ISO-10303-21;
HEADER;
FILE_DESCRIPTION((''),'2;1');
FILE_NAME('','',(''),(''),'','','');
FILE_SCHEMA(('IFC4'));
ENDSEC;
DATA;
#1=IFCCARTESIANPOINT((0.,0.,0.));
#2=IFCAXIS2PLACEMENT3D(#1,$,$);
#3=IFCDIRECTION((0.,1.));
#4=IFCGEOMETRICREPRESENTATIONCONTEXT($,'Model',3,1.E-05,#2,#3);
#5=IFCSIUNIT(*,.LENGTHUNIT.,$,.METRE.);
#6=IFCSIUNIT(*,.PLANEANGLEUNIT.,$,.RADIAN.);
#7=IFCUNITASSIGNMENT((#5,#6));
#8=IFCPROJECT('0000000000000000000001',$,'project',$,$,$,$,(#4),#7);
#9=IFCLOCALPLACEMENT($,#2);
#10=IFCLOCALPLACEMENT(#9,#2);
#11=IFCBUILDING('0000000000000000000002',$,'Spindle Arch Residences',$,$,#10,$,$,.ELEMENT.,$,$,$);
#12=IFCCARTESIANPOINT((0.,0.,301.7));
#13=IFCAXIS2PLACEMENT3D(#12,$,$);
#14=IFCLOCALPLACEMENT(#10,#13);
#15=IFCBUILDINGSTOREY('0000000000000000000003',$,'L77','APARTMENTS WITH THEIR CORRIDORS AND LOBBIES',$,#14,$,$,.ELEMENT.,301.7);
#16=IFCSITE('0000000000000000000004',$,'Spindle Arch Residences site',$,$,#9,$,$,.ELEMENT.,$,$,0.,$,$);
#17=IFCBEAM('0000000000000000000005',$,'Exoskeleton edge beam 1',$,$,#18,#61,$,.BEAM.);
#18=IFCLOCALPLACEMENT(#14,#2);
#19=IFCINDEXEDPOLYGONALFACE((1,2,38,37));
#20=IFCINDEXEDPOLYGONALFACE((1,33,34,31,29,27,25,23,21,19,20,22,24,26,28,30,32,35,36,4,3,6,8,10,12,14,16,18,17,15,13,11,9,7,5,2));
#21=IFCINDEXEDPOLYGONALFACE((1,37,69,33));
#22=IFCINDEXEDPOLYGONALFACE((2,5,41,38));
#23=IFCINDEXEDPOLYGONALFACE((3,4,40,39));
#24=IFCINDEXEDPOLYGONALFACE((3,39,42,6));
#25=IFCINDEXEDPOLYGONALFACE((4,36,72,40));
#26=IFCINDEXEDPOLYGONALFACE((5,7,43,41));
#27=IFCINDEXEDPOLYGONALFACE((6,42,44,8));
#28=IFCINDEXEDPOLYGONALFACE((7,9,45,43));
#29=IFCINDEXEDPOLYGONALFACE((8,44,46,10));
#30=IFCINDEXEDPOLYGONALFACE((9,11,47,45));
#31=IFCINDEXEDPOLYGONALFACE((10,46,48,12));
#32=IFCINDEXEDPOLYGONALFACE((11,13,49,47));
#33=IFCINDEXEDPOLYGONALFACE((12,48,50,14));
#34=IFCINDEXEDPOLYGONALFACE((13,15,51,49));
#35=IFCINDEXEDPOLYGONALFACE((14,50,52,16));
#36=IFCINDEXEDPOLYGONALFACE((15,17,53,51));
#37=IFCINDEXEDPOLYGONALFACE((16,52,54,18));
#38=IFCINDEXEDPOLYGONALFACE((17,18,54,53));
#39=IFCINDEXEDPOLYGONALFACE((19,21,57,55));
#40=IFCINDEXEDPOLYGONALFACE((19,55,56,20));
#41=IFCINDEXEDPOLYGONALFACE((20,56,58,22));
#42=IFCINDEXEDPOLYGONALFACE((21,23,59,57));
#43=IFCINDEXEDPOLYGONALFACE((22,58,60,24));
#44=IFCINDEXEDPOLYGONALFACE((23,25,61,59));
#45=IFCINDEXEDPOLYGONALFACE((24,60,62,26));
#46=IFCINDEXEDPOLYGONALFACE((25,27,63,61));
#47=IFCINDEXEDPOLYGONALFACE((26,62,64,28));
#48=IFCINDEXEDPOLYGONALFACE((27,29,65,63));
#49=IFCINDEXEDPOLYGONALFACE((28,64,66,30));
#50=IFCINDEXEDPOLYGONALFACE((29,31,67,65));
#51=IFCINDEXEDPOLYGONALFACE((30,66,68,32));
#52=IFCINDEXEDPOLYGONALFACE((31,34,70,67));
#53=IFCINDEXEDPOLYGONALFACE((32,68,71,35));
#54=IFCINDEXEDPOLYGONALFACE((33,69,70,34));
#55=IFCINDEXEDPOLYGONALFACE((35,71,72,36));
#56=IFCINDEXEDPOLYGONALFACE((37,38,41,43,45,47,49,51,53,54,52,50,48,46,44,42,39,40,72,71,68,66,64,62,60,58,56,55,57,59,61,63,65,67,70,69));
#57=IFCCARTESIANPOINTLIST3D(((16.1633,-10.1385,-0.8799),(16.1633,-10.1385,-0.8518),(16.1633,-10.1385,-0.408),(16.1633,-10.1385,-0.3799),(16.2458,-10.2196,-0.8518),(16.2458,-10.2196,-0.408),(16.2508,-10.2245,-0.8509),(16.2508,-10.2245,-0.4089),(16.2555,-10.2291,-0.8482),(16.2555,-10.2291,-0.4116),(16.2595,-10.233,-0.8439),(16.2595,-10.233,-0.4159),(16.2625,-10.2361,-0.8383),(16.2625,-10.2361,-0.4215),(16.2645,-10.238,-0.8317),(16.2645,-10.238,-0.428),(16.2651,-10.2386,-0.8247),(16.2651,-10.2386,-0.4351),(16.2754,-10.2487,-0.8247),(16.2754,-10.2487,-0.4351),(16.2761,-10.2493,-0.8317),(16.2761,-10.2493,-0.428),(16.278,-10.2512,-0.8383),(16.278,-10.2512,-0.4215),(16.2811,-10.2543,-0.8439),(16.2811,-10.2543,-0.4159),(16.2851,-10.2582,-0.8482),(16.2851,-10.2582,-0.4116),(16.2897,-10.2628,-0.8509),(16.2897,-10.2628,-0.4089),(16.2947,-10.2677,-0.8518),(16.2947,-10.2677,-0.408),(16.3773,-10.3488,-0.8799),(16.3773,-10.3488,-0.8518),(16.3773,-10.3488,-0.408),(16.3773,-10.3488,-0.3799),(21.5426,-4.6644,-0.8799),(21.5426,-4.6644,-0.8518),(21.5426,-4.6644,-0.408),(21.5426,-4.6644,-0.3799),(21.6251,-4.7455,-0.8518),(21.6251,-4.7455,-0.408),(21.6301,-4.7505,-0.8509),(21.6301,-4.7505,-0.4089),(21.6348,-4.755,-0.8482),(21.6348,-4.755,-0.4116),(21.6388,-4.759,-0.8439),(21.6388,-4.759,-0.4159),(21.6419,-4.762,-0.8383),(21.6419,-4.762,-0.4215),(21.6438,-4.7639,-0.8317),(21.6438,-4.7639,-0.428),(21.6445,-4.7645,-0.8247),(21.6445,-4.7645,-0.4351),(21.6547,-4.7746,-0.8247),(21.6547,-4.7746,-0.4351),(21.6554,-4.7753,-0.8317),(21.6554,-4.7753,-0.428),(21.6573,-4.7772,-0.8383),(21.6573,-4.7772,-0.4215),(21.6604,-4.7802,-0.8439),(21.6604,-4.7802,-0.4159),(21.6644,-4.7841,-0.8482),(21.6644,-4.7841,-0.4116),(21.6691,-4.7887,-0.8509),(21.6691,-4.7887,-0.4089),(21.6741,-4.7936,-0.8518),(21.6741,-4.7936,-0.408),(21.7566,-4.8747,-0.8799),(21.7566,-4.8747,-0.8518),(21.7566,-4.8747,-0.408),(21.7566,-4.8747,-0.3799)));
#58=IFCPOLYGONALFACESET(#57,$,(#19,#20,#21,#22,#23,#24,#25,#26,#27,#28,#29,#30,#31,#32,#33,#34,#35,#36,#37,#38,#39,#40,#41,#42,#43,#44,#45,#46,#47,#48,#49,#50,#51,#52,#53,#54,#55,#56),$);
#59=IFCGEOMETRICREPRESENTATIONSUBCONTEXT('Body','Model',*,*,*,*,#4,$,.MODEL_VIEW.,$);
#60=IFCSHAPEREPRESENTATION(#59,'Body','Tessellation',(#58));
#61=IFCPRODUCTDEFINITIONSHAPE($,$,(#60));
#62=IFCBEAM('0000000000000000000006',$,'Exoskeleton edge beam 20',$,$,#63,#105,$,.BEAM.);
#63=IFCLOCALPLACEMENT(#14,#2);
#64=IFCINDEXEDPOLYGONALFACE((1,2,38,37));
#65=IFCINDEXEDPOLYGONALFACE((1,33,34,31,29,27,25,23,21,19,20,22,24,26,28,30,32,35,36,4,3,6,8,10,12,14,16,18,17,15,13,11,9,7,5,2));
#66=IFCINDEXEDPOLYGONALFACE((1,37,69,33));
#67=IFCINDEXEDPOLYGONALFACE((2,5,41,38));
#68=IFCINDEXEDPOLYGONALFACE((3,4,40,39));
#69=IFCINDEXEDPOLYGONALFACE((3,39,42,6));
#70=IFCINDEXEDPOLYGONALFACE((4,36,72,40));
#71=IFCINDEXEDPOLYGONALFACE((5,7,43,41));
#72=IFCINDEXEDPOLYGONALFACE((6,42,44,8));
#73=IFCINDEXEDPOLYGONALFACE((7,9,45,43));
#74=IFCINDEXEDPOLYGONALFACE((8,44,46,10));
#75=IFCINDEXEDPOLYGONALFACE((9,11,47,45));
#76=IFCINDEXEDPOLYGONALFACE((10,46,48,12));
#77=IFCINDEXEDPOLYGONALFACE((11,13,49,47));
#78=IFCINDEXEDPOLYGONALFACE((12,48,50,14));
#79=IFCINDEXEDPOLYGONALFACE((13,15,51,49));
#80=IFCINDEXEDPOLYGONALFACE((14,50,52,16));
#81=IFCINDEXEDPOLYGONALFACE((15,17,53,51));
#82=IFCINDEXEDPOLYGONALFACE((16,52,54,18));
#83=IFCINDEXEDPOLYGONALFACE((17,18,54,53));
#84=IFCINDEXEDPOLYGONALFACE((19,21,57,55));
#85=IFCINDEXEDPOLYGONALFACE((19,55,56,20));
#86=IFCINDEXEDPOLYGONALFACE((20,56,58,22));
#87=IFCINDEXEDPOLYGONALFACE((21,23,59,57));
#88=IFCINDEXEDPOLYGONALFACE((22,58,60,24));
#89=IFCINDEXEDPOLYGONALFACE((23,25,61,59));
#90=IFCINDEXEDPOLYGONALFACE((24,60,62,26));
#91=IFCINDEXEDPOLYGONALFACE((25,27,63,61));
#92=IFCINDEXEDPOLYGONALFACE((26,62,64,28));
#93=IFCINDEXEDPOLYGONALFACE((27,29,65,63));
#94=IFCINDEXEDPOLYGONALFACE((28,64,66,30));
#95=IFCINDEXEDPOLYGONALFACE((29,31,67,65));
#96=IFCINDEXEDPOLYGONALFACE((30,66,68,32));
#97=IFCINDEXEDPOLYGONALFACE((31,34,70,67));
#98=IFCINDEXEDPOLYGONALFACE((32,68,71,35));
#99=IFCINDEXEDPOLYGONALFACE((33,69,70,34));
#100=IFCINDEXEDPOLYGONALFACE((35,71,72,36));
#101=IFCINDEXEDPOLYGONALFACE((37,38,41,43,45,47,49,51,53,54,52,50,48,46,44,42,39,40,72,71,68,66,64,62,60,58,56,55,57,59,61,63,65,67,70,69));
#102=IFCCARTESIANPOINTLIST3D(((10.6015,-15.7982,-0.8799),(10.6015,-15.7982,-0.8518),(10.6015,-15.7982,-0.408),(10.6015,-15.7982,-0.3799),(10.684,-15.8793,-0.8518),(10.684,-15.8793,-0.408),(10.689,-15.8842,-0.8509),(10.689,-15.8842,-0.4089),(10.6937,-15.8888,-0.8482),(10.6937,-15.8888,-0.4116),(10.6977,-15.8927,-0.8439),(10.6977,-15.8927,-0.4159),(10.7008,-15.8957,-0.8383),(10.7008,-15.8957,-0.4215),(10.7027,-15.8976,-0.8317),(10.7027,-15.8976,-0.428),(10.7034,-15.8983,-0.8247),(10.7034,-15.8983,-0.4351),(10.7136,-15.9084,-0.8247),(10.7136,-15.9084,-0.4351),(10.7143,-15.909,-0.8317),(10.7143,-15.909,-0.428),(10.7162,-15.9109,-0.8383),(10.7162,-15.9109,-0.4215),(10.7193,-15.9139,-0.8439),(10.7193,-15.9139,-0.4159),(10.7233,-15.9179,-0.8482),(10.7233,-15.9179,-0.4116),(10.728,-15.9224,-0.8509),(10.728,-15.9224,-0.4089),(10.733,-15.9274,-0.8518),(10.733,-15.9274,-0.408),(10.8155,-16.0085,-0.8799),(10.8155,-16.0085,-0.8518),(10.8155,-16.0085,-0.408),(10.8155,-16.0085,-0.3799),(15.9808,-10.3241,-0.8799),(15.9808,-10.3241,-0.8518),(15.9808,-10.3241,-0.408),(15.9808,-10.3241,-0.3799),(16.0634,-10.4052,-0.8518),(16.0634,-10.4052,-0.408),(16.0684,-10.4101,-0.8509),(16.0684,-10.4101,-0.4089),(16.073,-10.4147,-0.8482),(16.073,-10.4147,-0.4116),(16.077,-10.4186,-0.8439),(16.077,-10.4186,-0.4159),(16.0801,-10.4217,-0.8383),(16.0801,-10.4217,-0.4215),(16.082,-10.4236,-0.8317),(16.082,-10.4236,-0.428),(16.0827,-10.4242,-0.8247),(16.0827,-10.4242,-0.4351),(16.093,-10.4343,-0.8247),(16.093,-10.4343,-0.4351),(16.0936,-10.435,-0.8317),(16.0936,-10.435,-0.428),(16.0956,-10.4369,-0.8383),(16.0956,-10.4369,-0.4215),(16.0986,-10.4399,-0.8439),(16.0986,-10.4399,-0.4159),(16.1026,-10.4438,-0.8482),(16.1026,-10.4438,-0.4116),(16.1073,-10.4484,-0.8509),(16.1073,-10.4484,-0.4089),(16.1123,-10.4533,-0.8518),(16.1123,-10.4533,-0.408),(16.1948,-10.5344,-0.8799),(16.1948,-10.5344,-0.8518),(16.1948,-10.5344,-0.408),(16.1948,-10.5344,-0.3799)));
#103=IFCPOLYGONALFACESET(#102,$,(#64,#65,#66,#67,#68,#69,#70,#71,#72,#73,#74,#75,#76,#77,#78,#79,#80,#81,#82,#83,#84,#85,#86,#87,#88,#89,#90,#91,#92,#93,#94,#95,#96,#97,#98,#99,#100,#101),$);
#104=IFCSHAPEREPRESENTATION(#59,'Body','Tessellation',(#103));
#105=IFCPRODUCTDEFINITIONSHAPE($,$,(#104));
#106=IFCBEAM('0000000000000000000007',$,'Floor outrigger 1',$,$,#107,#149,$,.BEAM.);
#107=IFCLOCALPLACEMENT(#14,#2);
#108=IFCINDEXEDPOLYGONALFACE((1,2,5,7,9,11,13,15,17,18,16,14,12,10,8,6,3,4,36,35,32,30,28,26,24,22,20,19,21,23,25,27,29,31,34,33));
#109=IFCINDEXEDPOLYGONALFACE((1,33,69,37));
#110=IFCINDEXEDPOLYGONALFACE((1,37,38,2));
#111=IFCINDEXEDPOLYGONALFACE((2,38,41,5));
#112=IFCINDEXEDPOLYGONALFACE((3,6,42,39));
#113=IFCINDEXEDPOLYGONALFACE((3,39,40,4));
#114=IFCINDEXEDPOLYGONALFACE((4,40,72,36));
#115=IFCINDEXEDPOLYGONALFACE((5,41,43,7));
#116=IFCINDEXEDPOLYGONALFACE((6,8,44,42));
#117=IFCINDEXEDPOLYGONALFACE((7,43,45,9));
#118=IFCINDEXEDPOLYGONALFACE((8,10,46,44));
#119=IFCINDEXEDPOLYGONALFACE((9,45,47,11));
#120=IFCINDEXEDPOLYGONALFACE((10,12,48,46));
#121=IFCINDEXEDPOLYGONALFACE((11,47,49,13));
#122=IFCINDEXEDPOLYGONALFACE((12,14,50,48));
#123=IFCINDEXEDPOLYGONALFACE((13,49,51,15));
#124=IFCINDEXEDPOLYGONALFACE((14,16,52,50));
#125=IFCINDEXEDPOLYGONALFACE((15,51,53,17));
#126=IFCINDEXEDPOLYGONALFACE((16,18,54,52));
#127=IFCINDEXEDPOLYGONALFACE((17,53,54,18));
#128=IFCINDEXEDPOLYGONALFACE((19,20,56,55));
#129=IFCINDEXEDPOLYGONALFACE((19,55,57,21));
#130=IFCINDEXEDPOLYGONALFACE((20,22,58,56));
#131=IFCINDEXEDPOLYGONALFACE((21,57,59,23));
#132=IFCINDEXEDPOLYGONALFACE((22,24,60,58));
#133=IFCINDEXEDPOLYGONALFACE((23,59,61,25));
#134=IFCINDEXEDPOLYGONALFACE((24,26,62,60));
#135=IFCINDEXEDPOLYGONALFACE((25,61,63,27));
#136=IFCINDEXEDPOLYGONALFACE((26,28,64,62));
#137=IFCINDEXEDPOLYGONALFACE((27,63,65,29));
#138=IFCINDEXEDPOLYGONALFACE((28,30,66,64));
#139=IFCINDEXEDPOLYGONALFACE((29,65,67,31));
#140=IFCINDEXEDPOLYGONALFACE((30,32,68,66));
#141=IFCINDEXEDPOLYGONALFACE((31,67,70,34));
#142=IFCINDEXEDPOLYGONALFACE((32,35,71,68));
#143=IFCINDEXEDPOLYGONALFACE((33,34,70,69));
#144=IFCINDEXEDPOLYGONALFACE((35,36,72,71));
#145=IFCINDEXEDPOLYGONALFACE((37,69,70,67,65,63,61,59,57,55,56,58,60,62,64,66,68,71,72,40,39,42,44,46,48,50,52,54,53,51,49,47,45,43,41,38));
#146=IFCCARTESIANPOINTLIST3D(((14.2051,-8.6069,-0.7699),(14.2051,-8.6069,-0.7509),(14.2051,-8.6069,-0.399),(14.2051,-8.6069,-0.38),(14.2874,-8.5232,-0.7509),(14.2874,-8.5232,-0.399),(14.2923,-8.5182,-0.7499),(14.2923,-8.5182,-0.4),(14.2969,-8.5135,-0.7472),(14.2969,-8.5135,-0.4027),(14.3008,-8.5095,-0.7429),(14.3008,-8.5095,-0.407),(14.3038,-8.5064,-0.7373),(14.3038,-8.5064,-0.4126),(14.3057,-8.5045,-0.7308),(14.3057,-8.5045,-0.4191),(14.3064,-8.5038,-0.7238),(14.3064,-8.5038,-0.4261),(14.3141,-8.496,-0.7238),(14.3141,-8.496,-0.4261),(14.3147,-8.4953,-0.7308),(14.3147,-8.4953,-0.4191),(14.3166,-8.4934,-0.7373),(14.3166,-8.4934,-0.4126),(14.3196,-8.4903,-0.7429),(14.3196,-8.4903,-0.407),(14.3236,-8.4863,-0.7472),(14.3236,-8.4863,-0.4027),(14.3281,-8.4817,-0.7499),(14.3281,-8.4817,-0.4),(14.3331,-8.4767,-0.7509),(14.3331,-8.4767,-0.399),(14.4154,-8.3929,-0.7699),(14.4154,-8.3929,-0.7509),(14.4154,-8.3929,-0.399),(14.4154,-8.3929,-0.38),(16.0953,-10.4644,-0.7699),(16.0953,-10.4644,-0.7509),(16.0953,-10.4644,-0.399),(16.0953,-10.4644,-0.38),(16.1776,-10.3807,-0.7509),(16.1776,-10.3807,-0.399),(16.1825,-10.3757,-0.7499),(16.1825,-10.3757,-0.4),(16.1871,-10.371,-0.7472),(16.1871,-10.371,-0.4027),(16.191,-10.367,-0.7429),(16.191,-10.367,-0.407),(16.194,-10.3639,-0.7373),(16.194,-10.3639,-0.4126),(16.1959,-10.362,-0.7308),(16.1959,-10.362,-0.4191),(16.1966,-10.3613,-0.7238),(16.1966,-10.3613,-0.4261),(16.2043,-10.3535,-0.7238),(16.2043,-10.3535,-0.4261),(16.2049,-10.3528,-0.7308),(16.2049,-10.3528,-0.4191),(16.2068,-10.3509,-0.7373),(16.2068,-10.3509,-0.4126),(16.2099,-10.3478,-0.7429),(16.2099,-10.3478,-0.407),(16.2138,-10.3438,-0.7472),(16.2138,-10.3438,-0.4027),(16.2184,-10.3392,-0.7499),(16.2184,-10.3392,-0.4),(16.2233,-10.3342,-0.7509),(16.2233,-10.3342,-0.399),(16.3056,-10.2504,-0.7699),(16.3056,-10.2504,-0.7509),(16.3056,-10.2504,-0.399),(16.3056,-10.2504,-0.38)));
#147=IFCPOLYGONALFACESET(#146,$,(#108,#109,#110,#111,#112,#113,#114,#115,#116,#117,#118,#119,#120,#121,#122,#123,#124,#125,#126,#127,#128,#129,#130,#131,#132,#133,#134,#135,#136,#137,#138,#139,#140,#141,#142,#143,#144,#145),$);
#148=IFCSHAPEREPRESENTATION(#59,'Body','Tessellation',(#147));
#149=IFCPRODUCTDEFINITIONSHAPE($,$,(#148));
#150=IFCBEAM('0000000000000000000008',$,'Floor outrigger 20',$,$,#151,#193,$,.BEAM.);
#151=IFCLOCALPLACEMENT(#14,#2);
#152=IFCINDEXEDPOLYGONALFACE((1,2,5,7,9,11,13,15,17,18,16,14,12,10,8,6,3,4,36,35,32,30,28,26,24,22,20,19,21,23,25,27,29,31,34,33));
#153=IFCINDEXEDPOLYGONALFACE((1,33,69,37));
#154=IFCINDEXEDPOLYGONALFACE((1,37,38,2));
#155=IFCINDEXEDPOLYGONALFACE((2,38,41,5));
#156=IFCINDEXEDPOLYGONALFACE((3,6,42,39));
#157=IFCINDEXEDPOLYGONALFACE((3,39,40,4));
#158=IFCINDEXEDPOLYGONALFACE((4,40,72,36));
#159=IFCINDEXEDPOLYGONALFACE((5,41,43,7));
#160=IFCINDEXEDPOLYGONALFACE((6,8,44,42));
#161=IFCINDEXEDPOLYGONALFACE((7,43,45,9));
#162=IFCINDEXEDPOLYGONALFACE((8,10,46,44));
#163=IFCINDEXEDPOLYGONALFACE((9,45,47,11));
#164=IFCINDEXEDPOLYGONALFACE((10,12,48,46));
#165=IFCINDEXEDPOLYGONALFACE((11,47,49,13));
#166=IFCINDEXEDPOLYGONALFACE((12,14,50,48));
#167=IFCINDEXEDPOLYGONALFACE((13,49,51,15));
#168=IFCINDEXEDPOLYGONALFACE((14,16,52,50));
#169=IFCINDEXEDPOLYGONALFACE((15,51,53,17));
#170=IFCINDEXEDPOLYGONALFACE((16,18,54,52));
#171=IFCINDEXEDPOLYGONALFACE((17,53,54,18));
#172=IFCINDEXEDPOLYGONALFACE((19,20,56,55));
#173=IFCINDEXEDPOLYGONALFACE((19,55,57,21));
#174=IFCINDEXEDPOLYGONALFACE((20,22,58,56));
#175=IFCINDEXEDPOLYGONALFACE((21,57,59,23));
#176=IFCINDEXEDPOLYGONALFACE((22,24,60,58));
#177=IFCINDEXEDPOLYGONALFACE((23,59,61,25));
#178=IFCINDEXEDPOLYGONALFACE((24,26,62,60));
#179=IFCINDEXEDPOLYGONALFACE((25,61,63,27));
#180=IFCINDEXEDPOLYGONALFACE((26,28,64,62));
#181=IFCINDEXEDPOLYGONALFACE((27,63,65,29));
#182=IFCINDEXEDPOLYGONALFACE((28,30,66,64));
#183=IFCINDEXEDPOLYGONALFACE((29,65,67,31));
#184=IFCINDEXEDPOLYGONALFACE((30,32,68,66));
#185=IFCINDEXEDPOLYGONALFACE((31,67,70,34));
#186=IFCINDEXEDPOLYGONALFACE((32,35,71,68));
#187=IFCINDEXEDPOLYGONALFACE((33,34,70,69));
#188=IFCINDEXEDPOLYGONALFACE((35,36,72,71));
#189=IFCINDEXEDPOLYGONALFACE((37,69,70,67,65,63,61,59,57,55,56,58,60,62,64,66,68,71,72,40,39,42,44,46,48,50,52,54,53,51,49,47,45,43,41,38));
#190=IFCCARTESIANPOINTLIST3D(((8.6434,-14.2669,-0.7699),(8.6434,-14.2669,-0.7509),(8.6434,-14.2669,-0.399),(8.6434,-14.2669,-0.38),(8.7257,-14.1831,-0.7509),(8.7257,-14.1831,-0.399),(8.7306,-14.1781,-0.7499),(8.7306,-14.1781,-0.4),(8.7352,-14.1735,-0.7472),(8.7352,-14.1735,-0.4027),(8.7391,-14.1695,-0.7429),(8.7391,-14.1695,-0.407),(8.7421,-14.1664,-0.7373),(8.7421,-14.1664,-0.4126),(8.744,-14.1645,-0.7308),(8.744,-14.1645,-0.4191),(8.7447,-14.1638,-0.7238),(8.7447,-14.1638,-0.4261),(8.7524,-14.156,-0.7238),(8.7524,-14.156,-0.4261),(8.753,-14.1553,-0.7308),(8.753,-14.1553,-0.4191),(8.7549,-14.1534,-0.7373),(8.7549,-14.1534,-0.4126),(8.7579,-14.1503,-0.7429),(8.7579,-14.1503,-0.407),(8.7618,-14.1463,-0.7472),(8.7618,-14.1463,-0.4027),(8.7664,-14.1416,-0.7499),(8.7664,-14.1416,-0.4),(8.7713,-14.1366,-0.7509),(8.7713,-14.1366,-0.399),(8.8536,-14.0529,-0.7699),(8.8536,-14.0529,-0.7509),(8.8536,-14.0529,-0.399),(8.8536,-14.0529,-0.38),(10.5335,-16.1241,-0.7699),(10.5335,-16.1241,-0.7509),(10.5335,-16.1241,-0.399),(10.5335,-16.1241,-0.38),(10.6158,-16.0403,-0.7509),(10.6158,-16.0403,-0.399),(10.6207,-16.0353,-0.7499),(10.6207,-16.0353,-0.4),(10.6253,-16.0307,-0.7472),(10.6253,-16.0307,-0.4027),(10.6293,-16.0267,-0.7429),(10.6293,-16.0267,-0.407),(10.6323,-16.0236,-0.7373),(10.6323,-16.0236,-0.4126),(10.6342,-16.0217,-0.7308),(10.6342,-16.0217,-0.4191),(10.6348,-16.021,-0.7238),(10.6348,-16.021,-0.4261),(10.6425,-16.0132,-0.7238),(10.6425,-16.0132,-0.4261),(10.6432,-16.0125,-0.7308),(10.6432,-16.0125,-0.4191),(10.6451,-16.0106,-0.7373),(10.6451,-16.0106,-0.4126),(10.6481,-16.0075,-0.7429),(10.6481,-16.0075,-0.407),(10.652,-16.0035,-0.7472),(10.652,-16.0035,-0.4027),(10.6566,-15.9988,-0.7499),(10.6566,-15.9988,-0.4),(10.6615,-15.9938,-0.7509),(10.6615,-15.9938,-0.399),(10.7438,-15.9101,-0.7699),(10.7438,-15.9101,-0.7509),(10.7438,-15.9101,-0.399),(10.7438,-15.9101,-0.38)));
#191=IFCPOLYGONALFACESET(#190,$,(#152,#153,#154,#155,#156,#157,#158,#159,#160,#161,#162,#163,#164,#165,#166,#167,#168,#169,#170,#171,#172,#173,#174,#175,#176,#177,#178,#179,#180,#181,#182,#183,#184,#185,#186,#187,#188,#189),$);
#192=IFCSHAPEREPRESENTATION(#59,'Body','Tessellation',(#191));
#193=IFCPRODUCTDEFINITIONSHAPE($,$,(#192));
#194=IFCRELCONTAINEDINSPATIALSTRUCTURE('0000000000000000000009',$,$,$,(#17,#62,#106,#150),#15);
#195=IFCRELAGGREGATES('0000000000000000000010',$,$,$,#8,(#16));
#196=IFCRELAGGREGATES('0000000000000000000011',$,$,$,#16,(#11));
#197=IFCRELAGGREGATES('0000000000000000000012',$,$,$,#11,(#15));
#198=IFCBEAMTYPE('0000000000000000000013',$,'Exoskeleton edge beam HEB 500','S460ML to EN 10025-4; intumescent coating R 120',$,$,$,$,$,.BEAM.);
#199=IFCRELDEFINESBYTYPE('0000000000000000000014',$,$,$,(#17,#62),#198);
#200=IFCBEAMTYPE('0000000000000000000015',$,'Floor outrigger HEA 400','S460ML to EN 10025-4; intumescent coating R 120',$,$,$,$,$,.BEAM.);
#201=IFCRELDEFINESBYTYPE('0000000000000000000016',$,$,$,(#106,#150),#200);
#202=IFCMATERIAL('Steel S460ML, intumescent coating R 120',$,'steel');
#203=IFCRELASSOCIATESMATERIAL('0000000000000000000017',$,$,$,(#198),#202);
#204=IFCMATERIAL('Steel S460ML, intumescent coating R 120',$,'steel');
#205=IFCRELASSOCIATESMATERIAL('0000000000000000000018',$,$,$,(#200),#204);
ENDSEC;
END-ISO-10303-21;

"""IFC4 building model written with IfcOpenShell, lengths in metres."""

from ifc_helpers import new_model, si_unit, direction, frame, origin, origin_2d, place, context, subcontext, project, spatial, i_section, extrude, material, material_profile, profile_set, type_object, element, save


model = new_model("IFC4")

# Units and contexts
model_context = context("Model", 3, precision=1e-05, world=origin(), true_north=direction((0.0, 1.0)))
body_context = subcontext(model_context, "Body", "Model", "MODEL_VIEW")
ifc_project = project(units=[si_unit("LENGTHUNIT", "METRE"), si_unit("PLANEANGLEUNIT", "RADIAN")], contexts=[model_context])

# Site, building, storey
site_placement = place(None, origin())
site = spatial("IfcSite", under=ifc_project, at=site_placement, Name="Spindle Arch Residences site", CompositionType="ELEMENT", RefElevation=0.0)
building_placement = place(site_placement, origin())
building = spatial("IfcBuilding", under=site, at=building_placement, Name="Spindle Arch Residences", CompositionType="ELEMENT")
storey_placement = place(building_placement, frame((0.0, 0.0, 301.7)))
storey = spatial("IfcBuildingStorey", under=building, at=storey_placement, Name="L77", Description="APARTMENTS WITH THEIR CORRIDORS AND LOBBIES", CompositionType="ELEMENT", Elevation=301.7)

# Beams
ifc_material_1 = material(Name="Steel S460ML, intumescent coating R 120", Category="steel")
ifc_material_profile_1 = material_profile(ifc_material_1, i_section(OverallWidth=0.3, OverallDepth=0.5, WebThickness=0.0144, FlangeThickness=0.0281, FilletRadius=0.0271, at=origin_2d()), Name="HEB 500")
ifc_profile_set_1 = profile_set([ifc_material_profile_1], Name="Steel S460ML, intumescent coating R 120")
beam_type_1 = type_object("IfcBeamType", Name="Exoskeleton edge beam HEB 500", Description="S460ML to EN 10025-4; intumescent coating R 120", PredefinedType="BEAM", material=ifc_profile_set_1)
for number, where, z_axis, x_axis, name in (
    (1, (16.2703, -10.2437, -0.6299), (0.700909, 0.713251, 0.0), (-0.713251, 0.700909, 0.0), "Exoskeleton edge beam 1"),
    (2, (10.7085, -15.9033, -0.6299), (0.700909, 0.713251, 0.0), (-0.713251, 0.700909, 0.0), "Exoskeleton edge beam 20"),
):
    element("IfcBeam", number, at=place(storey_placement, frame(where, z_axis=z_axis, x_axis=x_axis)), inside=storey, type_object=beam_type_1, Name=name, PredefinedType="BEAM", context=body_context, shape_type="SweptSolid", body=[
        extrude(i_section(OverallWidth=0.3, OverallDepth=0.5, WebThickness=0.0144, FlangeThickness=0.0281, FilletRadius=0.0271, at=origin_2d()), origin(), (0.0, 0.0, 1.0), 7.6748),
    ])
ifc_material_2 = material(Name="Steel S460ML, intumescent coating R 120", Category="steel")
ifc_material_profile_2 = material_profile(ifc_material_2, i_section(OverallWidth=0.3, OverallDepth=0.3899, WebThickness=0.011, FlangeThickness=0.019, FilletRadius=0.0271, at=origin_2d()), Name="HEA 400")
ifc_profile_set_2 = profile_set([ifc_material_profile_2], Name="Steel S460ML, intumescent coating R 120")
beam_type_2 = type_object("IfcBeamType", Name="Floor outrigger HEA 400", Description="S460ML to EN 10025-4; intumescent coating R 120", PredefinedType="BEAM", material=ifc_profile_set_2)
beam_1_placement = place(storey_placement, frame((16.2004, -10.3574, -0.575), z_axis=(-0.713252, 0.700907, 0.0), x_axis=(-0.700907, -0.713252, 0.0)))
element("IfcBeam", 3, at=beam_1_placement, inside=storey, type_object=beam_type_2, Name="Floor outrigger 1", PredefinedType="BEAM", context=body_context, shape_type="SweptSolid", body=[
    extrude(i_section(OverallWidth=0.3, OverallDepth=0.3899, WebThickness=0.011, FlangeThickness=0.019, FilletRadius=0.0271, at=origin_2d()), origin(), (0.0, 0.0, 1.0), 2.6501),
])
beam_2_placement = place(storey_placement, frame((10.6387, -16.0171, -0.575), z_axis=(-0.713298, 0.70086, 0.0), x_axis=(-0.70086, -0.713298, 0.0)))
element("IfcBeam", 4, at=beam_2_placement, inside=storey, type_object=beam_type_2, Name="Floor outrigger 20", PredefinedType="BEAM", context=body_context, shape_type="SweptSolid", body=[
    extrude(i_section(OverallWidth=0.3, OverallDepth=0.3899, WebThickness=0.011, FlangeThickness=0.019, FilletRadius=0.0271, at=origin_2d()), origin(), (0.0, 0.0, 1.0), 2.6499),
])

save(model, "model.ifc")
